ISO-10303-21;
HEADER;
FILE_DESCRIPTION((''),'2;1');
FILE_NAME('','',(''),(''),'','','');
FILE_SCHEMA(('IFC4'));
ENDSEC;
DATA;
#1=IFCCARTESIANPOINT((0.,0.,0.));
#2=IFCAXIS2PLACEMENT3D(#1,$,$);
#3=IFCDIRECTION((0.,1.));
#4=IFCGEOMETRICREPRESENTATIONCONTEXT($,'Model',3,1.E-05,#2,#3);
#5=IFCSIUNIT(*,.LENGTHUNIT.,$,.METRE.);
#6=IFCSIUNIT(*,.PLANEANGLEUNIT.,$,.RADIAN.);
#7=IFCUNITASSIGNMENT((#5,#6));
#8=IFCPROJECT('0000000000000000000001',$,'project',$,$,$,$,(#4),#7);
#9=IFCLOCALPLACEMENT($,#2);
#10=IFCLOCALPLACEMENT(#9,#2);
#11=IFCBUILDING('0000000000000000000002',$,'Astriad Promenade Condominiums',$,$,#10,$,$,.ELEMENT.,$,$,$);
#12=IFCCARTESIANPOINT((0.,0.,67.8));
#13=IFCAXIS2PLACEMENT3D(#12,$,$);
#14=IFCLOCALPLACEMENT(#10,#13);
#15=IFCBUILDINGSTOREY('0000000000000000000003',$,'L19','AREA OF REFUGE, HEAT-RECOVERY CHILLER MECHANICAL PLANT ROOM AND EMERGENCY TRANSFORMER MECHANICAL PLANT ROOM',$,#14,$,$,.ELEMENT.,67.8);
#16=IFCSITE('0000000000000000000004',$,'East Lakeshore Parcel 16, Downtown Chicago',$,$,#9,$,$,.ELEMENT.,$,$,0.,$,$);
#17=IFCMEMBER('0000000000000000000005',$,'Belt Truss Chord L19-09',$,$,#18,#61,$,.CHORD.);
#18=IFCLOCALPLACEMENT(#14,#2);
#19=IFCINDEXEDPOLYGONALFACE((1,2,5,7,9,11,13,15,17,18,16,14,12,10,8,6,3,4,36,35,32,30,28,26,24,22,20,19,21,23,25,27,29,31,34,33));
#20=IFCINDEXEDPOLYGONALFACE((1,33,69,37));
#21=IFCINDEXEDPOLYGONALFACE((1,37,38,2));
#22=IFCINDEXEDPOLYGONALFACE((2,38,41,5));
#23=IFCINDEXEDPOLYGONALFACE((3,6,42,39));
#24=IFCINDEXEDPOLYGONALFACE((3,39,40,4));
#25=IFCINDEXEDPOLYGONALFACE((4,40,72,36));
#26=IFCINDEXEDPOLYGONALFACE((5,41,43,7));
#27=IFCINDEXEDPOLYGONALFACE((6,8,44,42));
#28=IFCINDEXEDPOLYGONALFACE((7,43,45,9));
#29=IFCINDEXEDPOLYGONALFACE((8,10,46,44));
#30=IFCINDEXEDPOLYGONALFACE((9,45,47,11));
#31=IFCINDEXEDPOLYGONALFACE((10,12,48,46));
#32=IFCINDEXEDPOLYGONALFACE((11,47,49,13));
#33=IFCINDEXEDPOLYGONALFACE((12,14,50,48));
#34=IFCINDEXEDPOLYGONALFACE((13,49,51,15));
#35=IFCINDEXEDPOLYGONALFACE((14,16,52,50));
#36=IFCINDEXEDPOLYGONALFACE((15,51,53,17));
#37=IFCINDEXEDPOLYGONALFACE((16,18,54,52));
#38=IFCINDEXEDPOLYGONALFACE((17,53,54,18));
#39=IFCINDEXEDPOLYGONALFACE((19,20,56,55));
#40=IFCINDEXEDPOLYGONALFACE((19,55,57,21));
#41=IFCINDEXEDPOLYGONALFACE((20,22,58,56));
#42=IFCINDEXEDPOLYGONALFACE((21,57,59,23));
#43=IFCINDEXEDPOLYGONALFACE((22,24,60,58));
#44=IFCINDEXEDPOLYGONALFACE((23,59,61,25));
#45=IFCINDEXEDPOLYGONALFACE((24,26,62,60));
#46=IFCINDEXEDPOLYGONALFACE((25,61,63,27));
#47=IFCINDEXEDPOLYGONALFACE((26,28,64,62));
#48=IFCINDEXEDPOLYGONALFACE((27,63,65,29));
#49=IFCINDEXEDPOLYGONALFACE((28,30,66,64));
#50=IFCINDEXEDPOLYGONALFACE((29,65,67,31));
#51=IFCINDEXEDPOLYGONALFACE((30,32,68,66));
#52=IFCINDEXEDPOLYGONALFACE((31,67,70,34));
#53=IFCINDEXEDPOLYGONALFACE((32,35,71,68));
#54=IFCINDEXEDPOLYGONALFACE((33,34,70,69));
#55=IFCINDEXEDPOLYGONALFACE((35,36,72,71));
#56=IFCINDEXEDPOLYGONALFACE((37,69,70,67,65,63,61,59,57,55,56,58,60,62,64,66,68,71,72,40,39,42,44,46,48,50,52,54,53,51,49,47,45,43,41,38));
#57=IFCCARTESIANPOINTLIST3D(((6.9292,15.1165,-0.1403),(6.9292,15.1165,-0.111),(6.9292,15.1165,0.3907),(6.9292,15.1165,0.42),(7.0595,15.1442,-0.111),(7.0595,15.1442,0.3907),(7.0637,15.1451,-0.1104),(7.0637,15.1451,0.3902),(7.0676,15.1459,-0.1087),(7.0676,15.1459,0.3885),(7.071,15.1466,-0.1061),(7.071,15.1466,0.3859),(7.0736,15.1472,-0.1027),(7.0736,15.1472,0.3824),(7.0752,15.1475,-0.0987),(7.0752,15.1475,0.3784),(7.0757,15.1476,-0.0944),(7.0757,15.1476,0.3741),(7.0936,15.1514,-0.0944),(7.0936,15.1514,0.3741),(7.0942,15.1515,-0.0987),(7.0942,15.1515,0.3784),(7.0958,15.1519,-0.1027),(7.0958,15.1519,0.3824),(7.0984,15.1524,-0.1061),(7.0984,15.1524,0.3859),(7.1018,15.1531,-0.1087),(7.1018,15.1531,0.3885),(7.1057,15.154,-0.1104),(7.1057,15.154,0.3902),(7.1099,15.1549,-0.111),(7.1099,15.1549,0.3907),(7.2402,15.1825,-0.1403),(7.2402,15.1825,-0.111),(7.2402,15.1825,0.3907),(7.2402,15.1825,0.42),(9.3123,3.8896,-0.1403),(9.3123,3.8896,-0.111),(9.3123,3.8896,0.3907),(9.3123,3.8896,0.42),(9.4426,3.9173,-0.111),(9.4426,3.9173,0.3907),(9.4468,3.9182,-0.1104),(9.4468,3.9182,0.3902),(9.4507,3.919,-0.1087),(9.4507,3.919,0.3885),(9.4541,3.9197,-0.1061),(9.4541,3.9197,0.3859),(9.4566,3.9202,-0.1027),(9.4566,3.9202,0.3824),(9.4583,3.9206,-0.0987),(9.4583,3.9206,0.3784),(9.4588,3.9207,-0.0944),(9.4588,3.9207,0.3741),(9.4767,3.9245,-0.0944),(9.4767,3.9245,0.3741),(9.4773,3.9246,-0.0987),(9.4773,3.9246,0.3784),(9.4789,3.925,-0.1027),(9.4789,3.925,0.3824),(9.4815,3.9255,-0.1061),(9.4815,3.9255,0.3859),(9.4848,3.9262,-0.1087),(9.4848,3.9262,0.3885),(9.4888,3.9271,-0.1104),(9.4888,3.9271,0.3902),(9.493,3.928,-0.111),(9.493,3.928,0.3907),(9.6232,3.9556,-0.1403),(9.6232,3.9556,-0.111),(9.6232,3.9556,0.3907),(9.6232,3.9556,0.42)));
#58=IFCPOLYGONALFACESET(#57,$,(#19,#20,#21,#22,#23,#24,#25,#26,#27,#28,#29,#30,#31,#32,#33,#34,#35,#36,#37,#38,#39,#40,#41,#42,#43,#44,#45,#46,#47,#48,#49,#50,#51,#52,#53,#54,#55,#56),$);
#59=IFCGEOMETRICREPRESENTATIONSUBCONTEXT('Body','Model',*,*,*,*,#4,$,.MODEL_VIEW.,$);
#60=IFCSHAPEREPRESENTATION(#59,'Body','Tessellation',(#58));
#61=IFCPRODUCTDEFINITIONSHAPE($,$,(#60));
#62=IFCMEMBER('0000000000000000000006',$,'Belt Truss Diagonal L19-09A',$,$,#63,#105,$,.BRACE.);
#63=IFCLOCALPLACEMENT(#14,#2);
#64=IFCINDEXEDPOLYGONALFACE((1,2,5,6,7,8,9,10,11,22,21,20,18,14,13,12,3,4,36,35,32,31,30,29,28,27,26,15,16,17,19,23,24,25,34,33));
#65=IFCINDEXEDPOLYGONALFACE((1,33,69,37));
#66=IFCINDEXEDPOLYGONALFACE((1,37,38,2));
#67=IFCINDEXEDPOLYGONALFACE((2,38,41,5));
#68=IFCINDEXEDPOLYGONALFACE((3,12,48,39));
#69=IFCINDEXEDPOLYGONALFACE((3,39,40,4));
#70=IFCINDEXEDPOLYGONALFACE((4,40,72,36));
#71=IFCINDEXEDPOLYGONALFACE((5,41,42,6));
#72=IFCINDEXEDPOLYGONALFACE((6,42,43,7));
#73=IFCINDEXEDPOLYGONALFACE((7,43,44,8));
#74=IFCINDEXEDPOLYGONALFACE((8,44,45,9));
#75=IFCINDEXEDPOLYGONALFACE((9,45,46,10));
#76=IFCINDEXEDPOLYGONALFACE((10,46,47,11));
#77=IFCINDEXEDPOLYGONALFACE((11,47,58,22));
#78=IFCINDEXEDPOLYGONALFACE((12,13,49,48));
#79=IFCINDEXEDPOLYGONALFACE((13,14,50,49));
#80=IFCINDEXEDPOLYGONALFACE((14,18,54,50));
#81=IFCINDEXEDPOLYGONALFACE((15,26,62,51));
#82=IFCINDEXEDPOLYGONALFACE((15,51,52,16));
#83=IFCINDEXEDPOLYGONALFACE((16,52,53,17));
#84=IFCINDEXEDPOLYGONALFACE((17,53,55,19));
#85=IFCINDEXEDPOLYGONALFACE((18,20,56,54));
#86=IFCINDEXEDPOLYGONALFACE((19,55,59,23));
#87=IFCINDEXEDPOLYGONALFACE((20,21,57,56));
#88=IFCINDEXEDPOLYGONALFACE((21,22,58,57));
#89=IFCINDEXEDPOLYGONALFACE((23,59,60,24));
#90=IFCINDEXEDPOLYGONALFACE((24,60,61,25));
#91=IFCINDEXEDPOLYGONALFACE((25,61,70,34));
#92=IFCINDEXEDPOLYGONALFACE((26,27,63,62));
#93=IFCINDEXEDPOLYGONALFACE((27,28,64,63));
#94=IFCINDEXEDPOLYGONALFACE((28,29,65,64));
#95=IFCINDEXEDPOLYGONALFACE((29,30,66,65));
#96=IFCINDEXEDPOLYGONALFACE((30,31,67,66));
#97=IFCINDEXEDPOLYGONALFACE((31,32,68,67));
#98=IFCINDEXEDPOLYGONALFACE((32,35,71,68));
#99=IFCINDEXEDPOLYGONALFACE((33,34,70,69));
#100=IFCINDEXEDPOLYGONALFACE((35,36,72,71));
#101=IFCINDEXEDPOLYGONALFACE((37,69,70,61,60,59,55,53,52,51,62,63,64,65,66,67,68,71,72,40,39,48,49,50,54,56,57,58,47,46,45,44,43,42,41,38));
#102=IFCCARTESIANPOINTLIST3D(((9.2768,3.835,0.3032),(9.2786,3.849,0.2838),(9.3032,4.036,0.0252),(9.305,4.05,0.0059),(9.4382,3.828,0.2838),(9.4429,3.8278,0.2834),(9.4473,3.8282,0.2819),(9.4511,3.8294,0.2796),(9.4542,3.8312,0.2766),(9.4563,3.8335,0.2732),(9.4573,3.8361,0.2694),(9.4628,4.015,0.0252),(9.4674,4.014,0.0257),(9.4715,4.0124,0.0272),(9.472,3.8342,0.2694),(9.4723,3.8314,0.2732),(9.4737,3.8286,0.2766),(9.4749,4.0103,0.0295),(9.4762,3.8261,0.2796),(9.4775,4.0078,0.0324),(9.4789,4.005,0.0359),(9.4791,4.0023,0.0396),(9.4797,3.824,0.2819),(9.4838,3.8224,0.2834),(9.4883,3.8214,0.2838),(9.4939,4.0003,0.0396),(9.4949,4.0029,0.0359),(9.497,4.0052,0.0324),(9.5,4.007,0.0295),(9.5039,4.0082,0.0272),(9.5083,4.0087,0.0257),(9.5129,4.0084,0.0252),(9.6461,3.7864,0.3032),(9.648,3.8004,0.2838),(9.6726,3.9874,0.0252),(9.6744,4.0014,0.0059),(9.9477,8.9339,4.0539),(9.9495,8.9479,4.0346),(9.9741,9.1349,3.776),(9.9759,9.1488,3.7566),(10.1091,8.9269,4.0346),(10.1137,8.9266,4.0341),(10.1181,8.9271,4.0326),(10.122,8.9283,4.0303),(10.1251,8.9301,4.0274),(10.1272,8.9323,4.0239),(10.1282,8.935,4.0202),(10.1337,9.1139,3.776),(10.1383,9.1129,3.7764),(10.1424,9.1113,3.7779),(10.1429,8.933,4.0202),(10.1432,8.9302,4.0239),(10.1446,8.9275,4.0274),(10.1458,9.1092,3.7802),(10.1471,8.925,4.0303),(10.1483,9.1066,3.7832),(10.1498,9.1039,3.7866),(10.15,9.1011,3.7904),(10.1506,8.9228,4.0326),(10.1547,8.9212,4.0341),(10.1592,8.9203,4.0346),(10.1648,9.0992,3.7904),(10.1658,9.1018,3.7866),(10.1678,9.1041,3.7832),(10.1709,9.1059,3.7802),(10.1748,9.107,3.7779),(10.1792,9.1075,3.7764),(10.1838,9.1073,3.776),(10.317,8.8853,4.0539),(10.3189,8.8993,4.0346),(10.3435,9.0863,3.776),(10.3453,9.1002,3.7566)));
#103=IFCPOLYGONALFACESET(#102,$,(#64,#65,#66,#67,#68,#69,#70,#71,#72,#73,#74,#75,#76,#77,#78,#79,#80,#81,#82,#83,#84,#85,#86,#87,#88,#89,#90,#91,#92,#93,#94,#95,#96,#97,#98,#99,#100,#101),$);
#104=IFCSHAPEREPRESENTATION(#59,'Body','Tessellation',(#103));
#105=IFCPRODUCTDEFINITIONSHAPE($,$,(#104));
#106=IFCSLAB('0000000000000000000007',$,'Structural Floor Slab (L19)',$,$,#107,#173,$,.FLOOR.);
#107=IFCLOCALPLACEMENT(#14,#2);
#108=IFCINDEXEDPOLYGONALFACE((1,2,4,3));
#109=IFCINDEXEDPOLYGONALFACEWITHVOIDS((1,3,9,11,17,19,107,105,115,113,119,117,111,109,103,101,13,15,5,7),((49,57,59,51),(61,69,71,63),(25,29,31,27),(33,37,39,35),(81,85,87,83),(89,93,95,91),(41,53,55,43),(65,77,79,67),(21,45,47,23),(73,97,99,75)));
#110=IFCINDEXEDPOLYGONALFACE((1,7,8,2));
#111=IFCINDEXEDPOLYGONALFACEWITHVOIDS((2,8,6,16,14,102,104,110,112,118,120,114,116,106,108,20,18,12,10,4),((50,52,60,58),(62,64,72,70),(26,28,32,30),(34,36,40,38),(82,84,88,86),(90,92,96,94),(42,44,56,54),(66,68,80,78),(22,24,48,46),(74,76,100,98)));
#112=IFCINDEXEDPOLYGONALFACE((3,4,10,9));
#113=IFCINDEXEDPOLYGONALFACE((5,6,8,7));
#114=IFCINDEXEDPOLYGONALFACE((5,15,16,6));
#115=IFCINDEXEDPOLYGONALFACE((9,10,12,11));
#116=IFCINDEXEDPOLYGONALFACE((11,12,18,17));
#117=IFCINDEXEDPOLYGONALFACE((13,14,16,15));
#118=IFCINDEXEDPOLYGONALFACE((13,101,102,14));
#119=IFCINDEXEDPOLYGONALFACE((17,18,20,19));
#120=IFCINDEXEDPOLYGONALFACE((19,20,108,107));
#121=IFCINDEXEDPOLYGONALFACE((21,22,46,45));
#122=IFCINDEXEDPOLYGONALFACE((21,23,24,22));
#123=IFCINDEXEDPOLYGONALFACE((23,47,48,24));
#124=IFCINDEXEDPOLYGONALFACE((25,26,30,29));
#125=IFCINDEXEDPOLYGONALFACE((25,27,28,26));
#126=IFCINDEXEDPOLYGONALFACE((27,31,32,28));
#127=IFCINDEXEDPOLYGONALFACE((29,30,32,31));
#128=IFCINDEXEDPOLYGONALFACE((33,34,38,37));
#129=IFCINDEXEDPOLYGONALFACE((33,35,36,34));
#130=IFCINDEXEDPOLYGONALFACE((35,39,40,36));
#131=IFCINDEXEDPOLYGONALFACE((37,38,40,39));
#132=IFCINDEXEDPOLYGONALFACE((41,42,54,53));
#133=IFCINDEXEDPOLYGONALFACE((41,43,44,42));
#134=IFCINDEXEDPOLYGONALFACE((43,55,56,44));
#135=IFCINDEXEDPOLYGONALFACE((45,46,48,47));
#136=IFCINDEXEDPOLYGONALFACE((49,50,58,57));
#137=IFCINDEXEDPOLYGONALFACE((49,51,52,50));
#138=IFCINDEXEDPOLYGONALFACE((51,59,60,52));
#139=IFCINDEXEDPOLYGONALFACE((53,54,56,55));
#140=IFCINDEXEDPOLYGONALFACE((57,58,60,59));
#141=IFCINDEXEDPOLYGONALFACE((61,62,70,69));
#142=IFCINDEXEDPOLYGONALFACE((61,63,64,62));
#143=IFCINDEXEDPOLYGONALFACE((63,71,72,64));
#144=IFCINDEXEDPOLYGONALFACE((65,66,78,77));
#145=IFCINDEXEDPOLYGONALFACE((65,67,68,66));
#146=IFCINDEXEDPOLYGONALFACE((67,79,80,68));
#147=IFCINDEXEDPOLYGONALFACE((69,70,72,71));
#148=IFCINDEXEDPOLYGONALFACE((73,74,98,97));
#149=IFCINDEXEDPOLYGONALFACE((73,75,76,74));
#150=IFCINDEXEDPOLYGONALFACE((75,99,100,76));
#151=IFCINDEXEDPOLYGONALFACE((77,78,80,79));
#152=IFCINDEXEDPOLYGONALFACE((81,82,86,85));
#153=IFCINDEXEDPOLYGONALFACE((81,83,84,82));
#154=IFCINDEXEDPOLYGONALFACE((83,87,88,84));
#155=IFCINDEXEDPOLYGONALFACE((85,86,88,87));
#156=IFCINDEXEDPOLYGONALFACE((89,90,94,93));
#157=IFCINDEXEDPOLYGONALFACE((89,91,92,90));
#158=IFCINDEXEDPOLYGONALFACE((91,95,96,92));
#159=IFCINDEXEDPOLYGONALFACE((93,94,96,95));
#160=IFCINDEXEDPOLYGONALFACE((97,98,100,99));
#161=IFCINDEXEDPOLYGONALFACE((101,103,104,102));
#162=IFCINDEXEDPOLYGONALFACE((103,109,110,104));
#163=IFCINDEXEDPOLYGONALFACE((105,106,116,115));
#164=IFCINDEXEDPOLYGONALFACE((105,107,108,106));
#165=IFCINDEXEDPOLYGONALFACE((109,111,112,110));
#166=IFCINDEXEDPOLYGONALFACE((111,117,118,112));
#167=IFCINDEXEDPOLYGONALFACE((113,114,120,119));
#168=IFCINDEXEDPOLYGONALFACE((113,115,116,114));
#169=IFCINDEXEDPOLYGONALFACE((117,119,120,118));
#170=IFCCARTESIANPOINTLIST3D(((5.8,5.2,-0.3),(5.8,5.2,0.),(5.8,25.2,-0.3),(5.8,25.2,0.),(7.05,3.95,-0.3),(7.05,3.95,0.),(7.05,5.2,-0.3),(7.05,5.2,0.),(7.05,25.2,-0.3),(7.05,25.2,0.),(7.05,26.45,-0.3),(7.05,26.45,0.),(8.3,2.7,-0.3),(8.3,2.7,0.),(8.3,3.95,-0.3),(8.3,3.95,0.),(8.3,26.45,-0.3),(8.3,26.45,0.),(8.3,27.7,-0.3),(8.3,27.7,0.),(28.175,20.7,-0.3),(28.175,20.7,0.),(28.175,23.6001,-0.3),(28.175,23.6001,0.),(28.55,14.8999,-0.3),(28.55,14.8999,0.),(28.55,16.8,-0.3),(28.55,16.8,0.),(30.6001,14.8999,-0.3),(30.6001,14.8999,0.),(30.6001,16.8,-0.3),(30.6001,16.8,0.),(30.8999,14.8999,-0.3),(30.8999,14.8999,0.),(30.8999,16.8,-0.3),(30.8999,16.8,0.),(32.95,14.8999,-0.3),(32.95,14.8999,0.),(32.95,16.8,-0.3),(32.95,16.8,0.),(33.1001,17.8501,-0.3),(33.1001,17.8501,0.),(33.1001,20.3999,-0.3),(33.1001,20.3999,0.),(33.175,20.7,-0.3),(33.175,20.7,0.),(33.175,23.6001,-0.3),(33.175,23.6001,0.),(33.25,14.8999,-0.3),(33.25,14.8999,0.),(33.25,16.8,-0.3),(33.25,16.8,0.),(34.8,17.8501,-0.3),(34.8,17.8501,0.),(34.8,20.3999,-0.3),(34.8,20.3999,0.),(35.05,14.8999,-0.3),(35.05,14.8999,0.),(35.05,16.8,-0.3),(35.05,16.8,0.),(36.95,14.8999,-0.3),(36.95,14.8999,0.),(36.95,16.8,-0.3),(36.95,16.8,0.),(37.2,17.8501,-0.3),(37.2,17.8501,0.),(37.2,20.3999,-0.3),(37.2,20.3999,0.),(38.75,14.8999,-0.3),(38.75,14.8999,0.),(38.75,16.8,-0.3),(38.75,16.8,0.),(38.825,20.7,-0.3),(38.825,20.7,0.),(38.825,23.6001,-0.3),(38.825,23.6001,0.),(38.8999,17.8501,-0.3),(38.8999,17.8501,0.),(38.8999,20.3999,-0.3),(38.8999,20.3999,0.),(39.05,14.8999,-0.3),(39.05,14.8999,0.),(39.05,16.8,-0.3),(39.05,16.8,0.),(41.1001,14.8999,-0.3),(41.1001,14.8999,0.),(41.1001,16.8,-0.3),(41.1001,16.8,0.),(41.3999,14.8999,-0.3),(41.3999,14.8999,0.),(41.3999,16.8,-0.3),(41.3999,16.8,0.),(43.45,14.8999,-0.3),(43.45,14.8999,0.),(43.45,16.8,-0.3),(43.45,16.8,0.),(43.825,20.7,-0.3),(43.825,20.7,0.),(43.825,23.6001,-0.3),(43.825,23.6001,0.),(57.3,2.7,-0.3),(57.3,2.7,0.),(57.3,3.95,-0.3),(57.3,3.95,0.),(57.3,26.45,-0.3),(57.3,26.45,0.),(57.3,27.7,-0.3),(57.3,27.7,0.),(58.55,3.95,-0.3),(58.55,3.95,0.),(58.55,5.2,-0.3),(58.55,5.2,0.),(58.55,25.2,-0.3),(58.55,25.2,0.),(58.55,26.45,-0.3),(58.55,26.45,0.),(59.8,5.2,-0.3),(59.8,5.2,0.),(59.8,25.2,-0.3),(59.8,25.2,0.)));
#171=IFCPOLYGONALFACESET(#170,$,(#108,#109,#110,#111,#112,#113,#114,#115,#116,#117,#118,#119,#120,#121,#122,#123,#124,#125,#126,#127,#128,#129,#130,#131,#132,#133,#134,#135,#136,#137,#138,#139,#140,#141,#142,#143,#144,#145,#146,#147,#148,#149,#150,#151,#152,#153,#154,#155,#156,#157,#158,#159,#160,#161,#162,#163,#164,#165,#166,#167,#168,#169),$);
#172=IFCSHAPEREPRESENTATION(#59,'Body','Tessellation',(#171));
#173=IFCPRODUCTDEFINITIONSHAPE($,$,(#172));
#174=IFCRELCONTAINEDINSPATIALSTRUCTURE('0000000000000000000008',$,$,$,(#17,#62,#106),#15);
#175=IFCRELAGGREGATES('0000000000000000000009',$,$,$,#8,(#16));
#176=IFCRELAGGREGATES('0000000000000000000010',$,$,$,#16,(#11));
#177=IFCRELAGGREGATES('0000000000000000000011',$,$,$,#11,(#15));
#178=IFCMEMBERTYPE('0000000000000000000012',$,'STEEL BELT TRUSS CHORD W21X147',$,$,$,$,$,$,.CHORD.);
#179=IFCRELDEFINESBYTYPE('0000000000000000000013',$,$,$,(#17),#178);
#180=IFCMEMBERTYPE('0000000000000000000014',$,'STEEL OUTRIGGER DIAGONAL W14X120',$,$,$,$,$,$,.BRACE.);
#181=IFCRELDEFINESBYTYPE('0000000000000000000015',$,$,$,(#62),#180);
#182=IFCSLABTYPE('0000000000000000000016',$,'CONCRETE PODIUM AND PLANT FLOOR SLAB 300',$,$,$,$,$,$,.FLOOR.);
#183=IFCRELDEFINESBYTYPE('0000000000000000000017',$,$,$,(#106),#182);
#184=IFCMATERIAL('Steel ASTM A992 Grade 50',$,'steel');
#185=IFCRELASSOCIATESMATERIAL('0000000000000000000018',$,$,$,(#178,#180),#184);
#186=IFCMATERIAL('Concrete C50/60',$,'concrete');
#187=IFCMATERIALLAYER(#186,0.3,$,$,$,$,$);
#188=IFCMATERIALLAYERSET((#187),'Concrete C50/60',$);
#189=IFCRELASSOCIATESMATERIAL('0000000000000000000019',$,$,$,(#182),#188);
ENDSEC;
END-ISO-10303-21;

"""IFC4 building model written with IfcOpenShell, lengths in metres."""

from ifc_helpers import new_model, si_unit, direction, frame, origin, origin_2d, place, context, subcontext, project, spatial, polyline, i_section, outline, extrude, source, transform, mapped, material, layer, layer_set, material_profile, profile_set, type_object, element, save


model = new_model("IFC4")

# Units and contexts
model_context = context("Model", 3, precision=1e-05, world=origin(), true_north=direction((0.0, 1.0)))
body_context = subcontext(model_context, "Body", "Model", "MODEL_VIEW")
ifc_project = project(units=[si_unit("LENGTHUNIT", "METRE"), si_unit("PLANEANGLEUNIT", "RADIAN")], contexts=[model_context])

# Site, building, storey
site_placement = place(None, origin())
site = spatial("IfcSite", under=ifc_project, at=site_placement, Name="East Lakeshore Parcel 16, Downtown Chicago", CompositionType="ELEMENT", RefElevation=0.0)
building_placement = place(site_placement, origin())
building = spatial("IfcBuilding", under=site, at=building_placement, Name="Astriad Promenade Condominiums", CompositionType="ELEMENT")
storey_placement = place(building_placement, frame((0.0, 0.0, 67.8)))
storey = spatial("IfcBuildingStorey", under=building, at=storey_placement, Name="L19", Description="AREA OF REFUGE, HEAT-RECOVERY CHILLER MECHANICAL PLANT ROOM AND EMERGENCY TRANSFORMER MECHANICAL PLANT ROOM", CompositionType="ELEMENT", Elevation=67.8)

# Shared definitions
ifc_material_1 = material(Name="Steel ASTM A992 Grade 50", Category="steel")

# Members
ifc_material_profile_1 = material_profile(ifc_material_1, i_section(OverallWidth=0.3179, OverallDepth=0.5603, WebThickness=0.0183, FlangeThickness=0.0293, FilletRadius=0.0166, at=origin_2d()), Name="W21X147")
ifc_profile_set_1 = profile_set([ifc_material_profile_1], Name="Steel ASTM A992 Grade 50")
member_type_1 = type_object("IfcMemberType", Name="STEEL BELT TRUSS CHORD W21X147", PredefinedType="CHORD", material=ifc_profile_set_1)
ifc_material_profile_2 = material_profile(ifc_material_1, i_section(OverallWidth=0.3726, OverallDepth=0.3679, WebThickness=0.0149, FlangeThickness=0.0239, FilletRadius=0.0178, at=origin_2d()), Name="W14X120")
ifc_profile_set_2 = profile_set([ifc_material_profile_2], Name="Steel ASTM A992 Grade 50")
member_type_2 = type_object("IfcMemberType", Name="STEEL OUTRIGGER DIAGONAL W14X120", PredefinedType="BRACE", material=ifc_profile_set_2)
shared_shape_1 = source(origin(), body_context, "Body", "SweptSolid", [
    extrude(i_section(OverallWidth=0.3179, OverallDepth=0.5603, WebThickness=0.0183, FlangeThickness=0.0293, FilletRadius=0.0166, at=origin_2d()), origin(), (0.0, 0.0, 1.0), 11.4771),
])
member_1_placement = place(storey_placement, frame((9.4678, 3.9226, 0.1399), z_axis=(-0.207639, 0.978206, 0.0), x_axis=(-0.978206, -0.207639, 0.0)))
element("IfcMember", 1, at=member_1_placement, inside=storey, type_object=member_type_1, Name="Belt Truss Chord L19-09", PredefinedType="CHORD", context=body_context, shape_type="MappedRepresentation", body=[
    mapped(shared_shape_1, transform((0.0, 0.0, 0.0), scale=1.0)),
])
shared_shape_2 = source(origin(), body_context, "Body", "SweptSolid", [
    extrude(i_section(OverallWidth=0.3726, OverallDepth=0.3679, WebThickness=0.0149, FlangeThickness=0.0239, FilletRadius=0.0178, at=origin_2d()), origin(), (0.0, 0.0, 1.0), 6.3652),
])
member_2_placement = place(storey_placement, frame((9.4756, 3.9182, 0.1545), z_axis=(0.1054, 0.801047, 0.58925), x_axis=(-0.991454, 0.130453, 0.0)))
element("IfcMember", 2, at=member_2_placement, inside=storey, type_object=member_type_2, Name="Belt Truss Diagonal L19-09A", PredefinedType="BRACE", context=body_context, shape_type="MappedRepresentation", body=[
    mapped(shared_shape_2, transform((0.0, 0.0, 0.0), scale=1.0)),
])

# Slab
ifc_material_2 = material(Name="Concrete C50/60", Category="concrete")
ifc_layer_1 = layer(ifc_material_2, 0.3)
ifc_layer_set_1 = layer_set([ifc_layer_1], Name="Concrete C50/60")
slab_type_1 = type_object("IfcSlabType", Name="CONCRETE PODIUM AND PLANT FLOOR SLAB 300", PredefinedType="FLOOR", material=ifc_layer_set_1)
slab_1_placement = place(storey_placement, frame((0.0, 0.0, -0.3)))
element("IfcSlab", 3, at=slab_1_placement, inside=storey, type_object=slab_type_1, Name="Structural Floor Slab (L19)", PredefinedType="FLOOR", context=body_context, shape_type="SweptSolid", body=[
    extrude(outline(polyline([(8.3, 2.7), (57.3, 2.7), (57.3, 3.95), (58.55, 3.95), (58.55, 5.2), (59.8, 5.2), (59.8, 25.2), (58.55, 25.2), (58.55, 26.45), (57.3, 26.45), (57.3, 27.7), (8.3, 27.7), (8.3, 26.45), (7.05, 26.45), (7.05, 25.2), (5.8, 25.2), (5.8, 5.2), (7.05, 5.2), (7.05, 3.95), (8.3, 3.95), (8.3, 2.7)]), holes=[polyline([(28.175, 20.7), (33.175, 20.7), (33.175, 23.6001), (28.175, 23.6001), (28.175, 20.7)]), polyline([(38.825, 20.7), (43.825, 20.7), (43.825, 23.6001), (38.825, 23.6001), (38.825, 20.7)]), polyline([(33.1001, 17.8501), (34.8, 17.8501), (34.8, 20.3999), (33.1001, 20.3999), (33.1001, 17.8501)]), polyline([(37.2, 17.8501), (38.8999, 17.8501), (38.8999, 20.3999), (37.2, 20.3999), (37.2, 17.8501)]), polyline([(28.55, 14.8999), (30.6001, 14.8999), (30.6001, 16.8), (28.55, 16.8), (28.55, 14.8999)]), polyline([(30.8999, 14.8999), (32.95, 14.8999), (32.95, 16.8), (30.8999, 16.8), (30.8999, 14.8999)]), polyline([(33.25, 14.8999), (35.05, 14.8999), (35.05, 16.8), (33.25, 16.8), (33.25, 14.8999)]), polyline([(36.95, 14.8999), (38.75, 14.8999), (38.75, 16.8), (36.95, 16.8), (36.95, 14.8999)]), polyline([(39.05, 14.8999), (41.1001, 14.8999), (41.1001, 16.8), (39.05, 16.8), (39.05, 14.8999)]), polyline([(41.3999, 14.8999), (43.45, 14.8999), (43.45, 16.8), (41.3999, 16.8), (41.3999, 14.8999)])]), origin(), (0.0, 0.0, 1.0), 0.3),
])

save(model, "model.ifc")
